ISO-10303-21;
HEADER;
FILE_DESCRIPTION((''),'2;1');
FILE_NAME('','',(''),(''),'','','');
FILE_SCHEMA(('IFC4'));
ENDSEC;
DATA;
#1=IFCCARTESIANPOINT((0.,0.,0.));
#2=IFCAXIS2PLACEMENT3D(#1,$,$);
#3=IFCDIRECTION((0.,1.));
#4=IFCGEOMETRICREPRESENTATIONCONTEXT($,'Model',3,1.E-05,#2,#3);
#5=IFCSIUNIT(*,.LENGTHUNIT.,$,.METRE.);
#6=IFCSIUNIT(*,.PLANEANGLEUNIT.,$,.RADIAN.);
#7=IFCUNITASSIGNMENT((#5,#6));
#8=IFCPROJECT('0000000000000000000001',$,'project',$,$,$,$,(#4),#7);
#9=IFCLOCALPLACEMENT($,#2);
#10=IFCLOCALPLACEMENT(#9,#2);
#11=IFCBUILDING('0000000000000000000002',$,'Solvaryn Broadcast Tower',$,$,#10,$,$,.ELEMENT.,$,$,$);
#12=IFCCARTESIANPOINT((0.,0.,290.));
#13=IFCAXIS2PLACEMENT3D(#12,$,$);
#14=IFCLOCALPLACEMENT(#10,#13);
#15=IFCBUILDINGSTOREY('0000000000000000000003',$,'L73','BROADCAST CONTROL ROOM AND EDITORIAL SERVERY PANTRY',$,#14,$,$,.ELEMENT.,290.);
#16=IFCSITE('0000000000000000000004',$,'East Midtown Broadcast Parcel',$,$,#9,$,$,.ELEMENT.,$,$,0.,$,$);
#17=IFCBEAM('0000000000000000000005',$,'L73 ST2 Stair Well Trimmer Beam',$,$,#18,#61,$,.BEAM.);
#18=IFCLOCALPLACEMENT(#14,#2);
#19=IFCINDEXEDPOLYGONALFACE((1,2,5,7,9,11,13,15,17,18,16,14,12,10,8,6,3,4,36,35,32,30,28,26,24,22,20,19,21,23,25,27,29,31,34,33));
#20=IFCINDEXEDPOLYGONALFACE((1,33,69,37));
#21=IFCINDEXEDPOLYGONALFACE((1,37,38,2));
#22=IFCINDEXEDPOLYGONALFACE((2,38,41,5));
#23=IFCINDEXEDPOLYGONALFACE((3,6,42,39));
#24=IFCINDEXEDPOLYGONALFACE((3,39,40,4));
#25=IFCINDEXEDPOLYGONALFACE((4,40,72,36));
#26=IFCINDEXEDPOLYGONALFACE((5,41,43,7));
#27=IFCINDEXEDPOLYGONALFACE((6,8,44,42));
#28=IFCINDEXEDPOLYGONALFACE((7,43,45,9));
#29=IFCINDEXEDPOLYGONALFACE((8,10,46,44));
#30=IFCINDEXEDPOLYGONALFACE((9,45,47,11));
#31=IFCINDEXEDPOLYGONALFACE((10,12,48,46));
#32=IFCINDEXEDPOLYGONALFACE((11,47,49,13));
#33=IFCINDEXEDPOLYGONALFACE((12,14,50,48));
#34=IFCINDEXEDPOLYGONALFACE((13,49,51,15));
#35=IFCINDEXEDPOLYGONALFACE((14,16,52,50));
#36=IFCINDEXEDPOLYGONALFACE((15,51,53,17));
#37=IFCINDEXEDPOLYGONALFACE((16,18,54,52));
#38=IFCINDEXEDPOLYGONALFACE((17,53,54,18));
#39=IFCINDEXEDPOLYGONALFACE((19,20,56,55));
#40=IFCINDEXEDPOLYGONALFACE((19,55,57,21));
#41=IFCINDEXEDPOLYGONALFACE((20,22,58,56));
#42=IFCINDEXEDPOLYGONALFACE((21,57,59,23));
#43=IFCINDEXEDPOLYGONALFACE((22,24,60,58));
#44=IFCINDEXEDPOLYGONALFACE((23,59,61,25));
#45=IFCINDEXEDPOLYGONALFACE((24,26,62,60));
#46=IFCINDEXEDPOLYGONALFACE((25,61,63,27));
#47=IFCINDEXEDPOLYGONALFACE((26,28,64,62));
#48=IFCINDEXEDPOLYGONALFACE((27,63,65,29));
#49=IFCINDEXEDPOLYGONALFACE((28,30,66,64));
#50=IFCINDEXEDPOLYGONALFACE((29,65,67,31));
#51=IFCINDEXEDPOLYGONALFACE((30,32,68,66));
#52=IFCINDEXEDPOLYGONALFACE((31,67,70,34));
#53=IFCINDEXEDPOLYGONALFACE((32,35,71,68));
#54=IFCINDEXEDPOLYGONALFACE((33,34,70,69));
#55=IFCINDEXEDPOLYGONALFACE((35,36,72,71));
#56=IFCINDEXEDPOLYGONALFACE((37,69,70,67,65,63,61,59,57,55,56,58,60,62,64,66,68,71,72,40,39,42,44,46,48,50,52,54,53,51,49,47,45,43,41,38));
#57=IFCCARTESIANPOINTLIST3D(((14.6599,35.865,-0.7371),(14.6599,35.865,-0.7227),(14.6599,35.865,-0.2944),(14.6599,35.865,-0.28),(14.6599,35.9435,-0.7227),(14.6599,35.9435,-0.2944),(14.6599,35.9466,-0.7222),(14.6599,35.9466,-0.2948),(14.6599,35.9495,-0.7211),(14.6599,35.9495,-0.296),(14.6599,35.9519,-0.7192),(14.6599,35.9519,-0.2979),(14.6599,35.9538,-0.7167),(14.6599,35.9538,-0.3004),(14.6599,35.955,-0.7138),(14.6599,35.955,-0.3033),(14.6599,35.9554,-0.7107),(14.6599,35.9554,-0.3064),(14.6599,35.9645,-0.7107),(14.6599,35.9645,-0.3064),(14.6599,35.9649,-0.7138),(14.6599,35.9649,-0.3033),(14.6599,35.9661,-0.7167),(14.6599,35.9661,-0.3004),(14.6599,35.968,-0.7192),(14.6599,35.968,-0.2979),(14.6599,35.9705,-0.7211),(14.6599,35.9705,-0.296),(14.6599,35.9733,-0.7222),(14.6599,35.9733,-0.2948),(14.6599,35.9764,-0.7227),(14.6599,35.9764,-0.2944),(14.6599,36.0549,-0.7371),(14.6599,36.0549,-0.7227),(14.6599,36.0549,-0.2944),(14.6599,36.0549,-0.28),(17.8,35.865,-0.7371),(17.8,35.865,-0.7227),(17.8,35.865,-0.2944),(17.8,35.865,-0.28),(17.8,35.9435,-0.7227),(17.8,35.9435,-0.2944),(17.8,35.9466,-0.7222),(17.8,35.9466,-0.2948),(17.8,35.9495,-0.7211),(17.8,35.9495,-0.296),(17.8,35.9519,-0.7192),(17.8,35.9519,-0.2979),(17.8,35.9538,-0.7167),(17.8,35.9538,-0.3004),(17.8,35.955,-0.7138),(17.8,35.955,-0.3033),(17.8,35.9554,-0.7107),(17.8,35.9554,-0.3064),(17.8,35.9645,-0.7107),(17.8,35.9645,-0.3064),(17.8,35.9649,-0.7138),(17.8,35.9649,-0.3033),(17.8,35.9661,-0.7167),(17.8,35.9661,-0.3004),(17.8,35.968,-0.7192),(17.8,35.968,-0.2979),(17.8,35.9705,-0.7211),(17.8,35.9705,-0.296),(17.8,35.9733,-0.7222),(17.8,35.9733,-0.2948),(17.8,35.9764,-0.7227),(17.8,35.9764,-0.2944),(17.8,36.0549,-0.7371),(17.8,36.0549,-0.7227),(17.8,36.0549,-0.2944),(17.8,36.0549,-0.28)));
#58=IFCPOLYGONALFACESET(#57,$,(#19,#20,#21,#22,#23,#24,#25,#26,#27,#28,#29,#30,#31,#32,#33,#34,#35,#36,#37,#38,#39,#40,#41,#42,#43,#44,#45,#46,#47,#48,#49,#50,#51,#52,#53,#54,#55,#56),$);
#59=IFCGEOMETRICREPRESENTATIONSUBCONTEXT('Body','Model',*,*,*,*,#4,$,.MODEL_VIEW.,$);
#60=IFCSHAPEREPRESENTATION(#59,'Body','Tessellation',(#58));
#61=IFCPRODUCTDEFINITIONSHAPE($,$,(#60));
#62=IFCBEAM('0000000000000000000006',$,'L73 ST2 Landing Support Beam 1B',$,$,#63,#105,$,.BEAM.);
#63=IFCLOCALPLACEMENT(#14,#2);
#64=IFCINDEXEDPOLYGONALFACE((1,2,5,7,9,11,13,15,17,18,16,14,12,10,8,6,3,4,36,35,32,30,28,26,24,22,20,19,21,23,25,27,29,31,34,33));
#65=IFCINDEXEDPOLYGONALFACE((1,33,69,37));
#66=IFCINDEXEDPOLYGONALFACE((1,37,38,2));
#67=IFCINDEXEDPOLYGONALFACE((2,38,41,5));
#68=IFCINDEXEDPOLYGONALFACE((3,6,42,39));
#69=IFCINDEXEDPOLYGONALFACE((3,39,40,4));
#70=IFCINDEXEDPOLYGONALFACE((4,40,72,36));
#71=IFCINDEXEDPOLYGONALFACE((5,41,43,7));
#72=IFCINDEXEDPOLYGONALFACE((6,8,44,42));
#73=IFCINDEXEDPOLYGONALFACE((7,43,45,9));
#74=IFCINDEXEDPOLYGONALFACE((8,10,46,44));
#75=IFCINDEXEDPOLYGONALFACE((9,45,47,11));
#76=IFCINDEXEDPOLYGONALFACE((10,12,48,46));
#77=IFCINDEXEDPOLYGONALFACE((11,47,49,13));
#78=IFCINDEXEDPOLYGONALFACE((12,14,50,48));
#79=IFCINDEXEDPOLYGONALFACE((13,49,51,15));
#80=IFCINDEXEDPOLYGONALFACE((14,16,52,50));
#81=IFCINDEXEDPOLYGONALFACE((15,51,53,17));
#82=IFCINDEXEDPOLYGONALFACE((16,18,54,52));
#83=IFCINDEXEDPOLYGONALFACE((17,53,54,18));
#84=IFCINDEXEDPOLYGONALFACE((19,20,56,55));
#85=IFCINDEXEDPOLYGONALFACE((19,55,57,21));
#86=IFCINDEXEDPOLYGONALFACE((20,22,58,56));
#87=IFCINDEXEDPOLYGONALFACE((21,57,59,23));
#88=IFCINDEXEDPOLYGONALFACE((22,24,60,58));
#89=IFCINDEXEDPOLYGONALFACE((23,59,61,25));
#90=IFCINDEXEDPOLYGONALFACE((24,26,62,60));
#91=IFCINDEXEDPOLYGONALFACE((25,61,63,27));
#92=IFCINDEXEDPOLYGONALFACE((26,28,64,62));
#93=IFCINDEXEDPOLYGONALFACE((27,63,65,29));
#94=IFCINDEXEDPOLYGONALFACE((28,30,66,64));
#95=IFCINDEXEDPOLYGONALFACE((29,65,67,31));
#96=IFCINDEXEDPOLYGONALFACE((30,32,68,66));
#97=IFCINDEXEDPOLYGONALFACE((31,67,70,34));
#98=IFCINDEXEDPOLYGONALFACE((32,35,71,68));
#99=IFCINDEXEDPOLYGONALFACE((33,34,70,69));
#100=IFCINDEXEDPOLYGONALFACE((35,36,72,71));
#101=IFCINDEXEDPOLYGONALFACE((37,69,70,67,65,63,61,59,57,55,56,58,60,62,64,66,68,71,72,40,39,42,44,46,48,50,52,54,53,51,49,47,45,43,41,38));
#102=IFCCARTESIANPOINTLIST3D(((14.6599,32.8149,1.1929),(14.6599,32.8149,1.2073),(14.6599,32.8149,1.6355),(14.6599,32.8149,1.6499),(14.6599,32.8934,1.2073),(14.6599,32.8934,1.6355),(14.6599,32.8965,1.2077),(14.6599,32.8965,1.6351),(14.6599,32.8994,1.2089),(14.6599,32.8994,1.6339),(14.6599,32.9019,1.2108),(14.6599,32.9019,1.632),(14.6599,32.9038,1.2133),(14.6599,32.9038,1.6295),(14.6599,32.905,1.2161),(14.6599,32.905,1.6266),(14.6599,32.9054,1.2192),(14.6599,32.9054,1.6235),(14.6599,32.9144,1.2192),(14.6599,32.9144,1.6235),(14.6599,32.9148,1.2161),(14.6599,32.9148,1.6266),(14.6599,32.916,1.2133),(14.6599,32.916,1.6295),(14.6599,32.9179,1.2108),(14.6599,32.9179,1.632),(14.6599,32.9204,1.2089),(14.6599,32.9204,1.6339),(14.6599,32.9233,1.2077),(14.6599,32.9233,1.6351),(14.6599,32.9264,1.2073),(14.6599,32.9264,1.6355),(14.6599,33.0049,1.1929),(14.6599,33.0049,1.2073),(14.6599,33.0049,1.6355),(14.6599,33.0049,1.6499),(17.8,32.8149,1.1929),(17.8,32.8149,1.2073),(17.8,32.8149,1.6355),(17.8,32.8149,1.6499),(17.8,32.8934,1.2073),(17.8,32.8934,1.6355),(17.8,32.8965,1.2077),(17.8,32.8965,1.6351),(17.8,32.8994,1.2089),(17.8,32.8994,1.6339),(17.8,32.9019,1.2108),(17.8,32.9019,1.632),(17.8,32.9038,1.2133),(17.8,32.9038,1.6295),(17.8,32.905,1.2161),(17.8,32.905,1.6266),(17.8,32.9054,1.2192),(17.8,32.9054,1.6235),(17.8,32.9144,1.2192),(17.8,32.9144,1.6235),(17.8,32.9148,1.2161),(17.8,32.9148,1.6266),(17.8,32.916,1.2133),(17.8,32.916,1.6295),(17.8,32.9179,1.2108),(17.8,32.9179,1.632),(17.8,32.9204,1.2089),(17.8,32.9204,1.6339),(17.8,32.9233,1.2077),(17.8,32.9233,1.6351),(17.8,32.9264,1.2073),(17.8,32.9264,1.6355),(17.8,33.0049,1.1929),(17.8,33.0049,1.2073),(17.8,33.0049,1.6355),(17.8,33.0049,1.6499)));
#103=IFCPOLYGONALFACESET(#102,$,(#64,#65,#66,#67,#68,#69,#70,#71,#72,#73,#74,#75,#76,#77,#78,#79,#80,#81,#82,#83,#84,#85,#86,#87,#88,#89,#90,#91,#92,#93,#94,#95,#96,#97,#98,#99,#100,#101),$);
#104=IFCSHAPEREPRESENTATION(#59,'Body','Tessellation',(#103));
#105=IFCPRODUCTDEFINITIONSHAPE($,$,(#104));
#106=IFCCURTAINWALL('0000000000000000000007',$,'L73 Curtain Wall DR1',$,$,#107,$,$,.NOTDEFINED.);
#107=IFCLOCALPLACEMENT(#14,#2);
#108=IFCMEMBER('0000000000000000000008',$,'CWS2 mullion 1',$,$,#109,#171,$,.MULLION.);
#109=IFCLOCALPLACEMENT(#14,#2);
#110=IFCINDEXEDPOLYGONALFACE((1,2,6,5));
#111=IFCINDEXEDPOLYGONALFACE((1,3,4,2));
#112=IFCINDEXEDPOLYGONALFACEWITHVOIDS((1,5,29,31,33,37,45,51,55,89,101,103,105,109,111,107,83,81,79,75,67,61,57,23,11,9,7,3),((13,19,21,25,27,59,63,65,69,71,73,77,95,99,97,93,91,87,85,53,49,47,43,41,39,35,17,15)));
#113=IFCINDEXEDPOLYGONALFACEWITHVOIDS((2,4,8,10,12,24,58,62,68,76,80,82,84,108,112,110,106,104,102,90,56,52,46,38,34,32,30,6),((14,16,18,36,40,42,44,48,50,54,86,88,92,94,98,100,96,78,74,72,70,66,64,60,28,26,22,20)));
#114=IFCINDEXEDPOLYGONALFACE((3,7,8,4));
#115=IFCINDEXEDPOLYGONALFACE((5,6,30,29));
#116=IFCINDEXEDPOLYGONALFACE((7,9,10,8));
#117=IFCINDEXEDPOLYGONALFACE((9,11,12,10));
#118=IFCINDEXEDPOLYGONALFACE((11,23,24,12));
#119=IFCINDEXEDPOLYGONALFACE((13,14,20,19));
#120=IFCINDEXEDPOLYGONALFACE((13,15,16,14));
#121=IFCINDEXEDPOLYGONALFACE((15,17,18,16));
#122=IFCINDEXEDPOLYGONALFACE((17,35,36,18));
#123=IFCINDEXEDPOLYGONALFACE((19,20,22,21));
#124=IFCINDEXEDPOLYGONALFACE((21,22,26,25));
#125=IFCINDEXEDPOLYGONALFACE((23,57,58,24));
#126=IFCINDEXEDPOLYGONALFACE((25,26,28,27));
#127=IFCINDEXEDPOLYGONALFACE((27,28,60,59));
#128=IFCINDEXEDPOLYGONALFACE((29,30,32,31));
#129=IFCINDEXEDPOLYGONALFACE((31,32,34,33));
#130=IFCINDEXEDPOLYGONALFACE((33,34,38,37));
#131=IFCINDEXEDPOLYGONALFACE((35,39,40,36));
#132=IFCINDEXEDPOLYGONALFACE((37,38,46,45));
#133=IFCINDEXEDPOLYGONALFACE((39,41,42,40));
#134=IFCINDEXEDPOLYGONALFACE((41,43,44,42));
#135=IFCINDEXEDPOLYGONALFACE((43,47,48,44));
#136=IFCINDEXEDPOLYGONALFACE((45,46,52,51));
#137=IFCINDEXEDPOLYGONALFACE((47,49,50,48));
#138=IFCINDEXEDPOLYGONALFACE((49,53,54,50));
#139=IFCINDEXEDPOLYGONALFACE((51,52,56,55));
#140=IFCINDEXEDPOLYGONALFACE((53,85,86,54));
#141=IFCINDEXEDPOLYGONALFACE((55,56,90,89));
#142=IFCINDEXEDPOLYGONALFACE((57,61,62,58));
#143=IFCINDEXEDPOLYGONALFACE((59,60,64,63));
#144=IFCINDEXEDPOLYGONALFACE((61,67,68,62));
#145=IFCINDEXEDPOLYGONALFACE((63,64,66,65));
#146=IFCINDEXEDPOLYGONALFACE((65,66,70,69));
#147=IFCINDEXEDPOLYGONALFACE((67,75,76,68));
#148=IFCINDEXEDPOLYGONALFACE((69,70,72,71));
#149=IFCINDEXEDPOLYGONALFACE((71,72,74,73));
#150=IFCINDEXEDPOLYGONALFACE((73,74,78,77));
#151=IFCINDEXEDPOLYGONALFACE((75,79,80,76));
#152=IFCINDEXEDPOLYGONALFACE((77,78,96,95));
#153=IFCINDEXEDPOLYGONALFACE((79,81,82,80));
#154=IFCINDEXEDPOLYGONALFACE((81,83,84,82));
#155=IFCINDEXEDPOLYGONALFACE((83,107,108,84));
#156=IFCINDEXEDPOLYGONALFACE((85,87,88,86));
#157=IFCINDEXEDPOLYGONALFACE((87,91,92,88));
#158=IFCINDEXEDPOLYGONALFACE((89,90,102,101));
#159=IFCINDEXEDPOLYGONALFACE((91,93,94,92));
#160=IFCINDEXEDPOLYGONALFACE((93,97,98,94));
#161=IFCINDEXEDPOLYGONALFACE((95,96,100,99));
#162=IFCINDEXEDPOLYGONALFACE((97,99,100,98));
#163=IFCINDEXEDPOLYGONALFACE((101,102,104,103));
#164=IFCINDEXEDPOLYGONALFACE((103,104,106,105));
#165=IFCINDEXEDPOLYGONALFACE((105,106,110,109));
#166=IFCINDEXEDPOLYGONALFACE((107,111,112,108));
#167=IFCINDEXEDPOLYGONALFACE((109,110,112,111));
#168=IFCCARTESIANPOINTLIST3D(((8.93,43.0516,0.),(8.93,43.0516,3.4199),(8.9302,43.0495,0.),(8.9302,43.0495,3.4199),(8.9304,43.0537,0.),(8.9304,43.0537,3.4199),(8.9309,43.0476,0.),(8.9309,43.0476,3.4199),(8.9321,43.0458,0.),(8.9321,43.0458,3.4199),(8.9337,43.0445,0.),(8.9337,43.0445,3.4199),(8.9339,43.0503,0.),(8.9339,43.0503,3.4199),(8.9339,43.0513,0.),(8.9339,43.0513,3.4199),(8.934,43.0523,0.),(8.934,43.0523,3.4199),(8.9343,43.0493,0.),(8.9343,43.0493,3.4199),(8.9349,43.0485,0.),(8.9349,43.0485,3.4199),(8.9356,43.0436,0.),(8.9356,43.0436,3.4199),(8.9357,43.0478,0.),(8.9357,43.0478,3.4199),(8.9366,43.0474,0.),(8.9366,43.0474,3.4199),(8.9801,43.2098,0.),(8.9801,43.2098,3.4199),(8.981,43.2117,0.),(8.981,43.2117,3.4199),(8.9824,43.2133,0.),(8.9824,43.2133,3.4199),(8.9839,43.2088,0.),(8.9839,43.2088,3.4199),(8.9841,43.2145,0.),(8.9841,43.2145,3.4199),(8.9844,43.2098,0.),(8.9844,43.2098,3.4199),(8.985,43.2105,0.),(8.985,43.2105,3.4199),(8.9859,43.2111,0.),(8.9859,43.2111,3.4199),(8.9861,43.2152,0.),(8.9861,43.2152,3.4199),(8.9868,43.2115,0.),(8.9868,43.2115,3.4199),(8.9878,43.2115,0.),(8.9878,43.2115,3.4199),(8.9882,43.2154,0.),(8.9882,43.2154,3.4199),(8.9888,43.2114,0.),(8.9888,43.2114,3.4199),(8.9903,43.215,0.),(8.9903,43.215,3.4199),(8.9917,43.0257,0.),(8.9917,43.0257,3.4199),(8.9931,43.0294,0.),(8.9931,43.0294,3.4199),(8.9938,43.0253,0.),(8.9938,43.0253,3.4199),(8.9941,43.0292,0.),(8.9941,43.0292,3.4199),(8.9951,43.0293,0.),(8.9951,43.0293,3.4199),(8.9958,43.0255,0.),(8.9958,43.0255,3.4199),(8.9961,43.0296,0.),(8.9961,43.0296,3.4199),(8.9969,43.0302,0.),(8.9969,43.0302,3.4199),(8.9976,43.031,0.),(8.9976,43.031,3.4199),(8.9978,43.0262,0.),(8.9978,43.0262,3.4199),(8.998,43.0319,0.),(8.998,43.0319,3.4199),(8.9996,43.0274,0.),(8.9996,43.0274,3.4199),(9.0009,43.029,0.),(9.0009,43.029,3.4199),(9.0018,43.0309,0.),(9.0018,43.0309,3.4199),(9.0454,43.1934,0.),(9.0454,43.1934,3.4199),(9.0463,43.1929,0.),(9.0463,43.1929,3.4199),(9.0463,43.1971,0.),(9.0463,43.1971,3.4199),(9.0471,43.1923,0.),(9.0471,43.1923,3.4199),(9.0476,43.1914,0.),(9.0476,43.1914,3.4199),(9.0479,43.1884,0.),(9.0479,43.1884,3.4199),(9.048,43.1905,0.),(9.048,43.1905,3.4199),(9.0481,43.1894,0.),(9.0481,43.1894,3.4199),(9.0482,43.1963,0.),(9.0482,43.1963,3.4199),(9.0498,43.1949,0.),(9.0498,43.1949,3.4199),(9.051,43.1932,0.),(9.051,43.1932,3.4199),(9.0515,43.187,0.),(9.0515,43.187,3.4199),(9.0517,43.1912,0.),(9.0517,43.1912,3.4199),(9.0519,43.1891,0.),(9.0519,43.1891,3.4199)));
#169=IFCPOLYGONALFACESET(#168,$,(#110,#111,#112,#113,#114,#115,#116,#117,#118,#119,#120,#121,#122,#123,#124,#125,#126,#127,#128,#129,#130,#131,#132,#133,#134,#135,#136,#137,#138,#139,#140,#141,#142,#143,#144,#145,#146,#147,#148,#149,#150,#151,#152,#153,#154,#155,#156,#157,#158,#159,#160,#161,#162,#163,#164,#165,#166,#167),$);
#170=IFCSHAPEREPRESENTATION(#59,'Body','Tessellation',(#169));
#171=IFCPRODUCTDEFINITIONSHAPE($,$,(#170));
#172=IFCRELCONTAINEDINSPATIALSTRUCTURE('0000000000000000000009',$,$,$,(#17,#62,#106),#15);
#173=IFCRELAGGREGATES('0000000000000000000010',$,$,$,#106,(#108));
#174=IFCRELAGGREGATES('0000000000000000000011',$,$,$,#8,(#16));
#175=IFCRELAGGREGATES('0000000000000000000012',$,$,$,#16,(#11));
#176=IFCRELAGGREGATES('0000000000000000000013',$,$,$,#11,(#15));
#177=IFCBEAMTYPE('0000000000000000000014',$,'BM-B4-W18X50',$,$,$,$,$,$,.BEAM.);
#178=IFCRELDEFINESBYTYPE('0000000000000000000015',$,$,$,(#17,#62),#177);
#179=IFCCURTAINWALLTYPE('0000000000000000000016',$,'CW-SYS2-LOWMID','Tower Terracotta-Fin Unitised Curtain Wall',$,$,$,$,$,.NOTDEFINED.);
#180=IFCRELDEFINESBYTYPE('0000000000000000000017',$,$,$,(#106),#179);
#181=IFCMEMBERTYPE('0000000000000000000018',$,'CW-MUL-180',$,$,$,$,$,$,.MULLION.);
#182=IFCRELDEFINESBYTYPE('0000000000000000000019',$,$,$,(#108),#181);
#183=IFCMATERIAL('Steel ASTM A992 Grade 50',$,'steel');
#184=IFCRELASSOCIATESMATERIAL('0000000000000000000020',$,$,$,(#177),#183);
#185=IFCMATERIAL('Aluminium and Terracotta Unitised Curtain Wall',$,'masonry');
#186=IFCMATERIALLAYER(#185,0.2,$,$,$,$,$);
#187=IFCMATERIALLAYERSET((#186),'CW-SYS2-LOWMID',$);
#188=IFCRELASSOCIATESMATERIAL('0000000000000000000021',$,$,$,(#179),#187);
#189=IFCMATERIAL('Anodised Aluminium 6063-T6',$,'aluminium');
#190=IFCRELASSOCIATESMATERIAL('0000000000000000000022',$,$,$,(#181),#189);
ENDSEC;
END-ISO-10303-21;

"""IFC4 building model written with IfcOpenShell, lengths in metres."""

from ifc_helpers import new_model, si_unit, direction, frame, origin, origin_2d, place, context, subcontext, project, spatial, hollow_rectangle, i_section, extrude, material, layer, layer_set, material_profile, profile_set, type_object, element, aggregate, save


model = new_model("IFC4")

# Units and contexts
model_context = context("Model", 3, precision=1e-05, world=origin(), true_north=direction((0.0, 1.0)))
body_context = subcontext(model_context, "Body", "Model", "MODEL_VIEW")
ifc_project = project(units=[si_unit("LENGTHUNIT", "METRE"), si_unit("PLANEANGLEUNIT", "RADIAN")], contexts=[model_context])

# Site, building, storey
site_placement = place(None, origin())
site = spatial("IfcSite", under=ifc_project, at=site_placement, Name="East Midtown Broadcast Parcel", CompositionType="ELEMENT", RefElevation=0.0)
building_placement = place(site_placement, origin())
building = spatial("IfcBuilding", under=site, at=building_placement, Name="Solvaryn Broadcast Tower", CompositionType="ELEMENT")
storey_placement = place(building_placement, frame((0.0, 0.0, 290.0)))
storey = spatial("IfcBuildingStorey", under=building, at=storey_placement, Name="L73", Description="BROADCAST CONTROL ROOM AND EDITORIAL SERVERY PANTRY", CompositionType="ELEMENT", Elevation=290.0)

# Beams
ifc_material_1 = material(Name="Steel ASTM A992 Grade 50", Category="steel")
ifc_material_profile_1 = material_profile(ifc_material_1, i_section(OverallWidth=0.1899, OverallDepth=0.457, WebThickness=0.009, FlangeThickness=0.0144, FilletRadius=0.012, at=origin_2d()))
ifc_profile_set_1 = profile_set([ifc_material_profile_1], Name="Steel ASTM A992 Grade 50")
beam_type_1 = type_object("IfcBeamType", Name="BM-B4-W18X50", PredefinedType="BEAM", material=ifc_profile_set_1)
for number, where, z_axis, x_axis, name in (
    (1, (14.6599, 35.96, -0.5085), (1.0, 0.0, 0.0), (0.0, 1.0, 0.0), "L73 ST2 Stair Well Trimmer Beam"),
    (2, (14.6599, 32.9099, 1.4214), (1.0, 0.0, 0.0), (0.0, 1.0, 0.0), "L73 ST2 Landing Support Beam 1B"),
):
    element("IfcBeam", number, at=place(storey_placement, frame(where, z_axis=z_axis, x_axis=x_axis)), inside=storey, type_object=beam_type_1, Name=name, PredefinedType="BEAM", context=body_context, shape_type="SweptSolid", body=[
        extrude(i_section(OverallWidth=0.1899, OverallDepth=0.457, WebThickness=0.009, FlangeThickness=0.0144, FilletRadius=0.012, at=origin_2d()), origin(), (0.0, 0.0, 1.0), 3.1401),
    ])

# Curtain wall, member
ifc_material_2 = material(Name="Aluminium and Terracotta Unitised Curtain Wall", Category="masonry")
ifc_layer_1 = layer(ifc_material_2, 0.2)
ifc_layer_set_1 = layer_set([ifc_layer_1], Name="CW-SYS2-LOWMID")
curtain_wall_type = type_object("IfcCurtainWallType", Name="CW-SYS2-LOWMID", Description="Tower Terracotta-Fin Unitised Curtain Wall", PredefinedType="NOTDEFINED", material=ifc_layer_set_1)
curtain_wall_1_placement = place(storey_placement, origin())
curtain_wall_1 = element("IfcCurtainWall", 3, at=curtain_wall_1_placement, inside=storey, type_object=curtain_wall_type, Name="L73 Curtain Wall DR1", PredefinedType="NOTDEFINED")
ifc_material_3 = material(Name="Anodised Aluminium 6063-T6", Category="aluminium")
ifc_material_profile_2 = material_profile(ifc_material_3, hollow_rectangle(XDim=0.075, YDim=0.1799, WallThickness=0.0039, InnerFilletRadius=0.0039, OuterFilletRadius=0.0081, at=origin_2d()))
ifc_profile_set_2 = profile_set([ifc_material_profile_2], Name="Anodised Aluminium 6063-T6")
member_type_1 = type_object("IfcMemberType", Name="CW-MUL-180", PredefinedType="MULLION", material=ifc_profile_set_2)
member_1_placement = place(storey_placement, frame((8.991, 43.1204, 0.0), z_axis=(0.0, 0.0, 1.0), x_axis=(0.952795, -0.303616, 0.0)))
member_1 = element("IfcMember", 4, at=member_1_placement, type_object=member_type_1, Name="CWS2 mullion 1", PredefinedType="MULLION", context=body_context, shape_type="SweptSolid", body=[
    extrude(hollow_rectangle(XDim=0.075, YDim=0.1799, WallThickness=0.0039, InnerFilletRadius=0.0039, OuterFilletRadius=0.0081, at=origin_2d()), origin(), (0.0, 0.0, 1.0), 3.4199),
])

aggregate(curtain_wall_1, [member_1])

save(model, "model.ifc")
